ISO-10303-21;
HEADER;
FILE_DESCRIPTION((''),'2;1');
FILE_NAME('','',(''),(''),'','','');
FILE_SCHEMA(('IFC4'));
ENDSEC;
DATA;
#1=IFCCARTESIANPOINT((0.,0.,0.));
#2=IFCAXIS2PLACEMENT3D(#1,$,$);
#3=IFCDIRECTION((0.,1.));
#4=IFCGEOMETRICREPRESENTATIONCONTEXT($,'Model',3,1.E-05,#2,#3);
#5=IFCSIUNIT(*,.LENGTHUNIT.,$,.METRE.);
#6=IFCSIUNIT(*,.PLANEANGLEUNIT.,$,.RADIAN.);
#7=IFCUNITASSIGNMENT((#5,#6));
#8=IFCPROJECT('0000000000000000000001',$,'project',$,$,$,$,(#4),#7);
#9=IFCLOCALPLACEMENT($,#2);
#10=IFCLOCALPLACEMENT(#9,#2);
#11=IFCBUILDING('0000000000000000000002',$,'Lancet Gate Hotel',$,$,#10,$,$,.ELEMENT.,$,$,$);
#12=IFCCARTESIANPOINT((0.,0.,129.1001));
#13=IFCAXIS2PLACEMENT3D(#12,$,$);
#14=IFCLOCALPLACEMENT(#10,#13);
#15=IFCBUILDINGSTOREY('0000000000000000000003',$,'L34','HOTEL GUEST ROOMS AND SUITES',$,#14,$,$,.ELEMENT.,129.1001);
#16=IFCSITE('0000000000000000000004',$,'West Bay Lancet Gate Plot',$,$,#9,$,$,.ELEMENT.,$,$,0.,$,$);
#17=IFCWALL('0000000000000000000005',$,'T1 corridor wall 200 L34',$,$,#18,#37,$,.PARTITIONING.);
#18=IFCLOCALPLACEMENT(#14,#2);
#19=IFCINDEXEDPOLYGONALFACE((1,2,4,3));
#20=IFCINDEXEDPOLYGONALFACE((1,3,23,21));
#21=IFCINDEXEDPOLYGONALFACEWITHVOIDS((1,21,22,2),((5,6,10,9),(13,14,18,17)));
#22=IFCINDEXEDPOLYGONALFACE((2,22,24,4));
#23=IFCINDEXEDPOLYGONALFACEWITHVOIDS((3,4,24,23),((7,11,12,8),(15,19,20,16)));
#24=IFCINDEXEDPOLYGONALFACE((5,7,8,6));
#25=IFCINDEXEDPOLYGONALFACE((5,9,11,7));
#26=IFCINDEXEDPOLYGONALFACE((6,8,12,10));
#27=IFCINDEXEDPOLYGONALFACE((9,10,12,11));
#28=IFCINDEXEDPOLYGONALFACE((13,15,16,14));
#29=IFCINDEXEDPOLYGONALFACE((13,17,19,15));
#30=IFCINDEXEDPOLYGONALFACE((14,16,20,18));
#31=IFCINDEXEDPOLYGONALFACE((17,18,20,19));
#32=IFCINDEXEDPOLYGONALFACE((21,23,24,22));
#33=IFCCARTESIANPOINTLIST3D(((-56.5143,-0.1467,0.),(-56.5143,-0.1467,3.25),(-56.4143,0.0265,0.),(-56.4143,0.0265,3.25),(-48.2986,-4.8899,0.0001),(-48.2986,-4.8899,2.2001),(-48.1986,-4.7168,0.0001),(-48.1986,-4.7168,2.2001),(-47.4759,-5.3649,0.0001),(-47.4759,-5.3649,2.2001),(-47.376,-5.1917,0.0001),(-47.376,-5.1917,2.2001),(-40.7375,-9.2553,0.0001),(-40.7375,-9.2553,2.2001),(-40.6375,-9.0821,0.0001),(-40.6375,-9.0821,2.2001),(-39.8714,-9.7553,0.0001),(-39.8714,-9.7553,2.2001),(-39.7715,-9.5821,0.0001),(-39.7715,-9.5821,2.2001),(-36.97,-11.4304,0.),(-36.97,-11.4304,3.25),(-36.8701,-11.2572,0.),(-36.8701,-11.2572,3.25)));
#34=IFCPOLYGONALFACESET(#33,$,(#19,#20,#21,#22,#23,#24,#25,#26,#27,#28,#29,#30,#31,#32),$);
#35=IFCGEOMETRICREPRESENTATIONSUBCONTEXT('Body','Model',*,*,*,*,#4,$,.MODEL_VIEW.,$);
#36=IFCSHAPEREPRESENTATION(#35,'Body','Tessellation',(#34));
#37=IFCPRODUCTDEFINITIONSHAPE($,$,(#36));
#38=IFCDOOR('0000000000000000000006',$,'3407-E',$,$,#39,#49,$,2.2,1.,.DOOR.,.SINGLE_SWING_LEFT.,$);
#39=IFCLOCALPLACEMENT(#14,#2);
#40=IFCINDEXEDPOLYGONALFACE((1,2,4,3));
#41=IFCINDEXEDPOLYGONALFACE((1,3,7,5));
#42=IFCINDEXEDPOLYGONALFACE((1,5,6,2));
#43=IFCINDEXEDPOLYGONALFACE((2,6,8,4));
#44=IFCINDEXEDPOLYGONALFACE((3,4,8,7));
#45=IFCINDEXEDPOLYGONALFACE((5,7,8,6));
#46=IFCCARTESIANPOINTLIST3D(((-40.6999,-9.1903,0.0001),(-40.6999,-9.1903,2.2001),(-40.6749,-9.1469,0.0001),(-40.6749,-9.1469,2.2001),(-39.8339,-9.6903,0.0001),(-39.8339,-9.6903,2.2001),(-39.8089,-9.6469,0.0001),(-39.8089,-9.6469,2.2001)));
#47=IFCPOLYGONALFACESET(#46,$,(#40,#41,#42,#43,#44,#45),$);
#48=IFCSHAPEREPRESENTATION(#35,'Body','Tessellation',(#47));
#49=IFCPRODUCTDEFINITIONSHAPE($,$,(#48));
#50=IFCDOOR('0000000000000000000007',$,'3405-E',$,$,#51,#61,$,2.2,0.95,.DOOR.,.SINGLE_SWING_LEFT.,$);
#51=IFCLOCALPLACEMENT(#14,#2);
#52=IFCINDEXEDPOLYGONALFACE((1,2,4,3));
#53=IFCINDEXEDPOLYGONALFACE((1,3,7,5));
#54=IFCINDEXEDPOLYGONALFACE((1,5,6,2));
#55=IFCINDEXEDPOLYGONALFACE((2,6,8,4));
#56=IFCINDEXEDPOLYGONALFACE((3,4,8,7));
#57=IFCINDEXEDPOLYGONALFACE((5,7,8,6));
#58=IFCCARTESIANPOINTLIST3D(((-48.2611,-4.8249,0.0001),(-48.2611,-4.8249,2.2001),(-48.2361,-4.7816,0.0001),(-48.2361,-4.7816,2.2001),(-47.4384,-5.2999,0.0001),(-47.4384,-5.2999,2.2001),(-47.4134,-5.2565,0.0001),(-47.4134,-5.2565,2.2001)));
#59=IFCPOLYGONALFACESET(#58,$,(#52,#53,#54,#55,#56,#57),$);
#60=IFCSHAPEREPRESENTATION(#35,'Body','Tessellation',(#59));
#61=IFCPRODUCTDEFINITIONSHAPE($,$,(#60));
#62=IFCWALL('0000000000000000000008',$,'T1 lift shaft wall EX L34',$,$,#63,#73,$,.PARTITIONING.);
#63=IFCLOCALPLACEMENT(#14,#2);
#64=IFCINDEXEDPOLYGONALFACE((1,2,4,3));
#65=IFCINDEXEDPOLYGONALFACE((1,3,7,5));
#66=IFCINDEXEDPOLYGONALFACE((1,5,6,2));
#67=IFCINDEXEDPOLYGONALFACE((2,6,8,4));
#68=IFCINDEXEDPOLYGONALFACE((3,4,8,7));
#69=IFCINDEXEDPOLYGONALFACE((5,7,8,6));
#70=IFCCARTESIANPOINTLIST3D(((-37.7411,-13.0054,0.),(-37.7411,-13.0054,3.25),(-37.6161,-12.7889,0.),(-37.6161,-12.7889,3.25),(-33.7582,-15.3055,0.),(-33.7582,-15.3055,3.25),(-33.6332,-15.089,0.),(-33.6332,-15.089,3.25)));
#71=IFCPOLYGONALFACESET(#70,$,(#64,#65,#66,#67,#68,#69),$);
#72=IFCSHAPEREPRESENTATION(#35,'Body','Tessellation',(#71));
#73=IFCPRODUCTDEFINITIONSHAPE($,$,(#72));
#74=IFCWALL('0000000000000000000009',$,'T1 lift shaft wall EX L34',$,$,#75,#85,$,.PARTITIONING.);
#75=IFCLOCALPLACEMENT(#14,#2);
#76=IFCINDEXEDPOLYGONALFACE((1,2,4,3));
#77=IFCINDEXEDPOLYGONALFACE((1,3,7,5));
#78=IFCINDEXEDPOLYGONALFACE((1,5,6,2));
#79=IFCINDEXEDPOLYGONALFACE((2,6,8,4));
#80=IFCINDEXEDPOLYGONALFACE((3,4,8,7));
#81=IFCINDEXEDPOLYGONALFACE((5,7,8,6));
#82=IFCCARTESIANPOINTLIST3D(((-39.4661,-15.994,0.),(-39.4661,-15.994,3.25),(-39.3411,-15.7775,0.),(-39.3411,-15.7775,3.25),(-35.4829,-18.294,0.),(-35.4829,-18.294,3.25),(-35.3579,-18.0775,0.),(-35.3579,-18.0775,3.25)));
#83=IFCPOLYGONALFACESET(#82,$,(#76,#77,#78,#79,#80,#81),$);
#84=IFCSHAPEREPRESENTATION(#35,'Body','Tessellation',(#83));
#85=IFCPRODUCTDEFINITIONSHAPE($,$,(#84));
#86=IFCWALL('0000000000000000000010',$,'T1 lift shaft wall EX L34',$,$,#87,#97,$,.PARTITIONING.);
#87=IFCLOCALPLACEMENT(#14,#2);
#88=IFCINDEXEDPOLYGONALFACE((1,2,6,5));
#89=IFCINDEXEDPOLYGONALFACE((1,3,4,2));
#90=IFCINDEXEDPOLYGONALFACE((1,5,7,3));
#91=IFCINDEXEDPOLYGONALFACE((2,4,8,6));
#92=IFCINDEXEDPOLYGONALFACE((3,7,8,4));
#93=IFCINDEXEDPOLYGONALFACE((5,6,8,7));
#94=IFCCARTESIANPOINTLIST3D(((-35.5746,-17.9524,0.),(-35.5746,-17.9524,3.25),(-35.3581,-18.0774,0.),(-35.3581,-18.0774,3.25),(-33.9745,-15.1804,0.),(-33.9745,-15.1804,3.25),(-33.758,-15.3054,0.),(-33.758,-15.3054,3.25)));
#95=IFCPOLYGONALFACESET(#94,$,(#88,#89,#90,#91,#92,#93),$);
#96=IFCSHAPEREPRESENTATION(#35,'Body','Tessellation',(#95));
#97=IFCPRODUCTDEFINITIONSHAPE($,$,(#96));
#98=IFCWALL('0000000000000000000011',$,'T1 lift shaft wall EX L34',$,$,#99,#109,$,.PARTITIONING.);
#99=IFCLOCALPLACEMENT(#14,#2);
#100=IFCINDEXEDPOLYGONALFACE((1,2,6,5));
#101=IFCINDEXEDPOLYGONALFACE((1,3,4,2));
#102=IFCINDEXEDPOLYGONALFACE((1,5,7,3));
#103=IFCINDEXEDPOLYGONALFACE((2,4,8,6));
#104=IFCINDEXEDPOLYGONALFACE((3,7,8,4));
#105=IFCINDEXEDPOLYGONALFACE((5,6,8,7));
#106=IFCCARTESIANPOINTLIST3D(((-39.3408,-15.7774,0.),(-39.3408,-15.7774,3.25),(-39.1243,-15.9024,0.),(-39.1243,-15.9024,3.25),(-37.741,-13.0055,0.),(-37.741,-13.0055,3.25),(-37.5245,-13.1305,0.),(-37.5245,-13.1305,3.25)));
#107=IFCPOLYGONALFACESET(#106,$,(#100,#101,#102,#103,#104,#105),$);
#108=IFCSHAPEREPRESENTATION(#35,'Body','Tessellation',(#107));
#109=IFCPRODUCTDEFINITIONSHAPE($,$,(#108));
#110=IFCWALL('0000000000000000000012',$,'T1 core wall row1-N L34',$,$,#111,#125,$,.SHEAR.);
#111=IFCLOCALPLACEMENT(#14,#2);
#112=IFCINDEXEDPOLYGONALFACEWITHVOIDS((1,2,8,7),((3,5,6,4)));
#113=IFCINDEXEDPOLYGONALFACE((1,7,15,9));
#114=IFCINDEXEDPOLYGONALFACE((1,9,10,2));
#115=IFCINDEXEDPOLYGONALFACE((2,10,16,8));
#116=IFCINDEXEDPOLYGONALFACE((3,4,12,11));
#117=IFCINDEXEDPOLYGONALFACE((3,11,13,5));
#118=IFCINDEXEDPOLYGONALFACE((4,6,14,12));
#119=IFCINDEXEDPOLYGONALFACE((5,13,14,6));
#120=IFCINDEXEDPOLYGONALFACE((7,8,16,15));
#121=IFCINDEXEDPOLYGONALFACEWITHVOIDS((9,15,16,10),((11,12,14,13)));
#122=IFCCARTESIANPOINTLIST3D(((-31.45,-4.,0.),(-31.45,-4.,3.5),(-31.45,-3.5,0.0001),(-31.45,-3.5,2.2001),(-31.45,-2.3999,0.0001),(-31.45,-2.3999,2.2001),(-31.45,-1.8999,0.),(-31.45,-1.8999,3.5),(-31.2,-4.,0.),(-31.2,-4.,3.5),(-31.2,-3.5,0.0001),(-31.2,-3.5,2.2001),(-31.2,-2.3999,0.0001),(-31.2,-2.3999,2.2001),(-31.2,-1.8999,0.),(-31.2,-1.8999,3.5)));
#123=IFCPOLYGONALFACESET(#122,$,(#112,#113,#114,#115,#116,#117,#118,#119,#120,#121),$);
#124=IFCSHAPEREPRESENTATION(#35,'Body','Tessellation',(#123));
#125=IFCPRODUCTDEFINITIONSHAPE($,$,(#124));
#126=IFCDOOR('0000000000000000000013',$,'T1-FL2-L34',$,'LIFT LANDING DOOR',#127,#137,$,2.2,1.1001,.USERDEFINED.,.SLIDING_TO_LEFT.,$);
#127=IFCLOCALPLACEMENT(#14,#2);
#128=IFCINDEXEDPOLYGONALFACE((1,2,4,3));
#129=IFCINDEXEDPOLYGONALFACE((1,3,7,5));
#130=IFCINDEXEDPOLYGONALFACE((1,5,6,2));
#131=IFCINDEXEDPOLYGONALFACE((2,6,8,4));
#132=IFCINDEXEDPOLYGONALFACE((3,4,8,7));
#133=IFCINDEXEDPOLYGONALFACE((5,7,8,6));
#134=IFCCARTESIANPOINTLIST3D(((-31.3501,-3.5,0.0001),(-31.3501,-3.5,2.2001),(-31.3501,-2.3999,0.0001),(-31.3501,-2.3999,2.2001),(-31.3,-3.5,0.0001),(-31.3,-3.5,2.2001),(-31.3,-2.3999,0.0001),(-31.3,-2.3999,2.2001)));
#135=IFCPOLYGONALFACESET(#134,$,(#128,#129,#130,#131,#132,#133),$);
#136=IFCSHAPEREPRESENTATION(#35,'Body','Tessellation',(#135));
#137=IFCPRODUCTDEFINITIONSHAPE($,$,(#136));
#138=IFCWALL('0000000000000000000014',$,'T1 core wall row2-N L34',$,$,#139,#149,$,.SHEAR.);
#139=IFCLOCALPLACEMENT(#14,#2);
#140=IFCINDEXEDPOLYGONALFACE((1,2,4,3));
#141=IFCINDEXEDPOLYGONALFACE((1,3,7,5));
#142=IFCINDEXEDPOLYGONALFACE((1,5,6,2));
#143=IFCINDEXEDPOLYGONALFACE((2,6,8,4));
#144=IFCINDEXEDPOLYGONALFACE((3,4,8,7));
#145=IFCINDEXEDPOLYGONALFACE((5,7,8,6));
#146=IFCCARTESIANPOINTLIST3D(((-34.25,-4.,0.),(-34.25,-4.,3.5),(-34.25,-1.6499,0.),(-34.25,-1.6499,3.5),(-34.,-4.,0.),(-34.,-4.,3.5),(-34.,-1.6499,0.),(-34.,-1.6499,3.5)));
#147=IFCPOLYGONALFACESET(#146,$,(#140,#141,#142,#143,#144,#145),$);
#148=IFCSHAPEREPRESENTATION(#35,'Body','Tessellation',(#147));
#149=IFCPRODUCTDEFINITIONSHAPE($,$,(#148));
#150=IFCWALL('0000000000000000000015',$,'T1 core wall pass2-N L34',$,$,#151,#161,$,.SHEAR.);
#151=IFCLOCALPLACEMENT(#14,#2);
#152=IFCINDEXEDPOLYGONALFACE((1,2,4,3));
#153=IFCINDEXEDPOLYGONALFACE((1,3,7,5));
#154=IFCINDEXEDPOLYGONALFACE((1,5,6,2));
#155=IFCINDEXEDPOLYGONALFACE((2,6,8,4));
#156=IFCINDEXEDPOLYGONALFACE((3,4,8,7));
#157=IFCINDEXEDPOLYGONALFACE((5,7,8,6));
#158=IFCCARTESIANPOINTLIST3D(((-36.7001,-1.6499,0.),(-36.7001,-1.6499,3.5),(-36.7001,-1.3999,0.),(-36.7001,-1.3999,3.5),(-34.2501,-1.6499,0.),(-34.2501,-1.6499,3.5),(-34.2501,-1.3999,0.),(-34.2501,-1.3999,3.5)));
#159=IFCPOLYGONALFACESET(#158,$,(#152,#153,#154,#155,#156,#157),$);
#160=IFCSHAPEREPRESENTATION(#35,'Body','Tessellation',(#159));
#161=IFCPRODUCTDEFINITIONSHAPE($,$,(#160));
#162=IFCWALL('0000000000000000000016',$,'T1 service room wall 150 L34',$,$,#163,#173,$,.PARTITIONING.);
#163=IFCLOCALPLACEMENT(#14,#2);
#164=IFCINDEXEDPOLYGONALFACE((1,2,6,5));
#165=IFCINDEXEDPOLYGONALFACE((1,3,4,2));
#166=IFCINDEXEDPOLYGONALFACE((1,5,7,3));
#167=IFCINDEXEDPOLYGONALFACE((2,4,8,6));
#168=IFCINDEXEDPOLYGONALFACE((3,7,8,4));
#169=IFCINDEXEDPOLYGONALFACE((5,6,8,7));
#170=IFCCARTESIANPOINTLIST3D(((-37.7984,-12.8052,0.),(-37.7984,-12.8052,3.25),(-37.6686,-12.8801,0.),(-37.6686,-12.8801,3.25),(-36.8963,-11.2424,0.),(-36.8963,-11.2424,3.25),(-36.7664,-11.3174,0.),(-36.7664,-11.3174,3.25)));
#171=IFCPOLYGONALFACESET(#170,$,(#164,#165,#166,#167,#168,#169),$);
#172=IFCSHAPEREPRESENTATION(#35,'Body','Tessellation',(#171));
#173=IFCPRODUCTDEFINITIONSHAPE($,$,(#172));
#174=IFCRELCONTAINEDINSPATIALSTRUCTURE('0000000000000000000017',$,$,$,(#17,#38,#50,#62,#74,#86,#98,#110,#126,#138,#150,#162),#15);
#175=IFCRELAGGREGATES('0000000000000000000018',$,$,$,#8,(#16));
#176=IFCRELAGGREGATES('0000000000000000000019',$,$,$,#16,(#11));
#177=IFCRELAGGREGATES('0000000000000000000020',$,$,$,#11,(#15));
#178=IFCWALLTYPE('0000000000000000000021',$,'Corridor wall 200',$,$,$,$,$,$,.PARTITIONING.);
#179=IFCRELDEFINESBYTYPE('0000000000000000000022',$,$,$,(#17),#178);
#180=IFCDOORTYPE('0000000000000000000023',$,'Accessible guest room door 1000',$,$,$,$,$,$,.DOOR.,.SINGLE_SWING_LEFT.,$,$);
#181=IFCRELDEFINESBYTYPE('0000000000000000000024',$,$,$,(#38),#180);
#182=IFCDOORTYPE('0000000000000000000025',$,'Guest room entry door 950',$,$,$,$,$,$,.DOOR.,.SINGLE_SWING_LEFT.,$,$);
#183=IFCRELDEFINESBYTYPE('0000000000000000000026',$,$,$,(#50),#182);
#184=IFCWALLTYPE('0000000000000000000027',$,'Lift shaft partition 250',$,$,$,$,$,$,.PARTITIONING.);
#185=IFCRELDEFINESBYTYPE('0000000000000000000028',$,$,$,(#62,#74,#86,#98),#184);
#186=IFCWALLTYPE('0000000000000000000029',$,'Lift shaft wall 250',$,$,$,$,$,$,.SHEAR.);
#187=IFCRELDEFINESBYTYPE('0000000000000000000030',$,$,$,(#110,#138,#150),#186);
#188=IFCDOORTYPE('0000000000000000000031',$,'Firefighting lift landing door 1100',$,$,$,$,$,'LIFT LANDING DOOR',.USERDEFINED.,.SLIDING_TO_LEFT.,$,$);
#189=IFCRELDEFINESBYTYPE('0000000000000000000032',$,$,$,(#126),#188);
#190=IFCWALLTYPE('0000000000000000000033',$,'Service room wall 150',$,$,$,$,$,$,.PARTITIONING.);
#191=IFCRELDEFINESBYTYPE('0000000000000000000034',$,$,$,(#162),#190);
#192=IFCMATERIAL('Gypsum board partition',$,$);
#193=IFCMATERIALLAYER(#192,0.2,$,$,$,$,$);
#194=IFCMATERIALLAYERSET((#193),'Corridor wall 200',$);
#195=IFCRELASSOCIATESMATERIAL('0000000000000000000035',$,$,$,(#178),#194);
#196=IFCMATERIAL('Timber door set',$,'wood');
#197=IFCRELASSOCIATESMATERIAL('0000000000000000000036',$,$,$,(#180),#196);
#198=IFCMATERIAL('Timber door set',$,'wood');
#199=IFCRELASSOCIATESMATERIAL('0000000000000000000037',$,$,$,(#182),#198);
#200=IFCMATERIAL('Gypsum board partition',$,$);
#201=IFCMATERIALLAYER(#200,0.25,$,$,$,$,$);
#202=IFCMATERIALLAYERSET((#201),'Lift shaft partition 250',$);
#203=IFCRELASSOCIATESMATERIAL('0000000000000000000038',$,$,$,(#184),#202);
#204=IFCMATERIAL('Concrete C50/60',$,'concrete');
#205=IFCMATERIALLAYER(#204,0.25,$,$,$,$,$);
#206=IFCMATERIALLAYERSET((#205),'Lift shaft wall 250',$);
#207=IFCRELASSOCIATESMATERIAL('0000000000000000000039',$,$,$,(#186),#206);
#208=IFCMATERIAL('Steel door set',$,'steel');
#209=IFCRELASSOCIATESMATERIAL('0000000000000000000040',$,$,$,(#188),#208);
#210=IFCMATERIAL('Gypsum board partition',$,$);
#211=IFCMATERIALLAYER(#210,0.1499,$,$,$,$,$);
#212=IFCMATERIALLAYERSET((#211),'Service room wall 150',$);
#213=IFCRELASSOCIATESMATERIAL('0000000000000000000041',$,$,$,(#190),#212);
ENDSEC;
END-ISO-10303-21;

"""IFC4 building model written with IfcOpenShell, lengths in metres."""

from ifc_helpers import new_model, si_unit, direction, frame, frame_2d, origin, place, context, subcontext, project, spatial, rectangle, extrude, material, layer, layer_set, type_object, element, fill, save


model = new_model("IFC4")

# Units and contexts
model_context = context("Model", 3, precision=1e-05, world=origin(), true_north=direction((0.0, 1.0)))
body_context = subcontext(model_context, "Body", "Model", "MODEL_VIEW")
ifc_project = project(units=[si_unit("LENGTHUNIT", "METRE"), si_unit("PLANEANGLEUNIT", "RADIAN")], contexts=[model_context])

# Site, building, storey
site_placement = place(None, origin())
site = spatial("IfcSite", under=ifc_project, at=site_placement, Name="West Bay Lancet Gate Plot", CompositionType="ELEMENT", RefElevation=0.0)
building_placement = place(site_placement, origin())
building = spatial("IfcBuilding", under=site, at=building_placement, Name="Lancet Gate Hotel", CompositionType="ELEMENT")
storey_placement = place(building_placement, frame((0.0, 0.0, 129.1001)))
storey = spatial("IfcBuildingStorey", under=building, at=storey_placement, Name="L34", Description="HOTEL GUEST ROOMS AND SUITES", CompositionType="ELEMENT", Elevation=129.1001)

# Wall, openings, doors
ifc_material_1 = material(Name="Gypsum board partition")
ifc_layer_1 = layer(ifc_material_1, 0.2)
ifc_layer_set_1 = layer_set([ifc_layer_1], Name="Corridor wall 200")
wall_type_1 = type_object("IfcWallType", Name="Corridor wall 200", PredefinedType="PARTITIONING", material=ifc_layer_set_1)
wall_1_placement = place(storey_placement, frame((-36.9202, -11.3438, 0.0), z_axis=(0.0, 0.0, 1.0), x_axis=(-0.866028, 0.499995, 0.0)))
wall_1 = element("IfcWall", 1, at=wall_1_placement, inside=storey, type_object=wall_type_1, Name="T1 corridor wall 200 L34", PredefinedType="PARTITIONING", context=body_context, shape_type="SweptSolid", body=[
    extrude(rectangle(XDim=22.5676, YDim=0.2, at=frame_2d((11.2837, 0.0))), origin(), (0.0, 0.0, 1.0), 3.25),
])
opening_1_placement = place(wall_1_placement, frame((12.1309, 0.0, 0.0)))
opening_1 = element("IfcOpeningElement", 2, at=opening_1_placement, cuts=wall_1, PredefinedType="OPENING", context=body_context, shape_type="SweptSolid", body=[
    extrude(rectangle(XDim=0.95, YDim=2.2, at=frame_2d((0.4751, 1.1001))), frame((0.0, 0.1099, 0.0), z_axis=(0.0, -1.0, 0.0), x_axis=(1.0, 0.0, 0.0)), (0.0, 0.0, 1.0), 0.22),
])
opening_2_placement = place(wall_1_placement, frame((3.3501, 0.0, 0.0)))
opening_2 = element("IfcOpeningElement", 3, at=opening_2_placement, cuts=wall_1, PredefinedType="OPENING", context=body_context, shape_type="SweptSolid", body=[
    extrude(rectangle(XDim=1.0, YDim=2.2, at=frame_2d((0.5, 1.1001))), frame((0.0, 0.1099, 0.0), z_axis=(0.0, -1.0, 0.0), x_axis=(1.0, 0.0, 0.0)), (0.0, 0.0, 1.0), 0.22),
])
ifc_material_2 = material(Name="Timber door set", Category="wood")
door_type_1 = type_object("IfcDoorType", Name="Accessible guest room door 1000", OperationType="SINGLE_SWING_LEFT", PredefinedType="DOOR", material=ifc_material_2)
door_1_placement = place(opening_2_placement, origin())
door_1 = element("IfcDoor", 4, at=door_1_placement, inside=storey, type_object=door_type_1, Name="3407-E", OperationType="SINGLE_SWING_LEFT", OverallHeight=2.2, OverallWidth=1.0, PredefinedType="DOOR", context=body_context, shape_type="SweptSolid", body=[
    extrude(rectangle(XDim=1.0, YDim=2.2, at=frame_2d((0.5, 1.1001))), frame((0.0, 0.0249, 0.0), z_axis=(0.0, -1.0, 0.0), x_axis=(1.0, 0.0, 0.0)), (0.0, 0.0, 1.0), 0.05),
])
fill(opening_2, door_1)
ifc_material_3 = material(Name="Timber door set", Category="wood")
door_type_2 = type_object("IfcDoorType", Name="Guest room entry door 950", OperationType="SINGLE_SWING_LEFT", PredefinedType="DOOR", material=ifc_material_3)
door_2_placement = place(opening_1_placement, origin())
door_2 = element("IfcDoor", 5, at=door_2_placement, inside=storey, type_object=door_type_2, Name="3405-E", OperationType="SINGLE_SWING_LEFT", OverallHeight=2.2, OverallWidth=0.95, PredefinedType="DOOR", context=body_context, shape_type="SweptSolid", body=[
    extrude(rectangle(XDim=0.95, YDim=2.2, at=frame_2d((0.4751, 1.1001))), frame((0.0, 0.0249, 0.0), z_axis=(0.0, -1.0, 0.0), x_axis=(1.0, 0.0, 0.0)), (0.0, 0.0, 1.0), 0.05),
])
fill(opening_1, door_2)

# Walls
ifc_material_4 = material(Name="Gypsum board partition")
ifc_layer_2 = layer(ifc_material_4, 0.25)
ifc_layer_set_2 = layer_set([ifc_layer_2], Name="Lift shaft partition 250")
wall_type_2 = type_object("IfcWallType", Name="Lift shaft partition 250", PredefinedType="PARTITIONING", material=ifc_layer_set_2)
wall_2_placement = place(storey_placement, frame((-33.6956, -15.1973, 0.0), z_axis=(0.0, 0.0, 1.0), x_axis=(-0.865977, 0.500084, 0.0)))
element("IfcWall", 6, at=wall_2_placement, inside=storey, type_object=wall_type_2, Name="T1 lift shaft wall EX L34", PredefinedType="PARTITIONING", context=body_context, shape_type="SweptSolid", body=[
    extrude(rectangle(XDim=4.5994, YDim=0.25, at=frame_2d((2.2998, 0.0))), origin(), (0.0, 0.0, 1.0), 3.25),
])
wall_3_placement = place(storey_placement, frame((-35.4204, -18.1858, 0.0), z_axis=(0.0, 0.0, 1.0), x_axis=(-0.86599, 0.500061, 0.0)))
element("IfcWall", 7, at=wall_3_placement, inside=storey, type_object=wall_type_2, Name="T1 lift shaft wall EX L34", PredefinedType="PARTITIONING", context=body_context, shape_type="SweptSolid", body=[
    extrude(rectangle(XDim=4.5996, YDim=0.25, at=frame_2d((2.2998, 0.0))), origin(), (0.0, 0.0, 1.0), 3.25),
])
wall_4_placement = place(storey_placement, frame((-33.8662, -15.2429, 0.0), z_axis=(0.0, 0.0, 1.0), x_axis=(-0.499929, -0.866066, 0.0)))
element("IfcWall", 8, at=wall_4_placement, inside=storey, type_object=wall_type_2, Name="T1 lift shaft wall EX L34", PredefinedType="PARTITIONING", context=body_context, shape_type="SweptSolid", body=[
    extrude(rectangle(XDim=3.2007, YDim=0.25, at=frame_2d((1.6003, 0.0))), origin(), (0.0, 0.0, 1.0), 3.25),
])
wall_5_placement = place(storey_placement, frame((-37.6328, -13.0681, 0.0), z_axis=(0.0, 0.0, 1.0), x_axis=(-0.499872, -0.866099, 0.0)))
element("IfcWall", 9, at=wall_5_placement, inside=storey, type_object=wall_type_2, Name="T1 lift shaft wall EX L34", PredefinedType="PARTITIONING", context=body_context, shape_type="SweptSolid", body=[
    extrude(rectangle(XDim=3.2004, YDim=0.25, at=frame_2d((1.6001, 0.0))), origin(), (0.0, 0.0, 1.0), 3.25),
])

# Wall, opening, door
ifc_material_5 = material(Name="Concrete C50/60", Category="concrete")
ifc_layer_3 = layer(ifc_material_5, 0.25)
ifc_layer_set_3 = layer_set([ifc_layer_3], Name="Lift shaft wall 250")
wall_type_3 = type_object("IfcWallType", Name="Lift shaft wall 250", PredefinedType="SHEAR", material=ifc_layer_set_3)
wall_6_placement = place(storey_placement, frame((-31.325, -1.8999, 0.0), z_axis=(0.0, 0.0, 1.0), x_axis=(0.0, -1.0, 0.0)))
wall_6 = element("IfcWall", 10, at=wall_6_placement, inside=storey, type_object=wall_type_3, Name="T1 core wall row1-N L34", PredefinedType="SHEAR", context=body_context, shape_type="SweptSolid", body=[
    extrude(rectangle(XDim=2.1001, YDim=0.25, at=frame_2d((1.05, 0.0))), origin(), (0.0, 0.0, 1.0), 3.5),
])
opening_3_placement = place(wall_6_placement, frame((0.5, 0.0, 0.0)))
opening_3 = element("IfcOpeningElement", 11, at=opening_3_placement, cuts=wall_6, PredefinedType="OPENING", context=body_context, shape_type="SweptSolid", body=[
    extrude(rectangle(XDim=1.1001, YDim=2.2, at=frame_2d((0.55, 1.1001))), frame((0.0, 0.135, 0.0), z_axis=(0.0, -1.0, 0.0), x_axis=(1.0, 0.0, 0.0)), (0.0, 0.0, 1.0), 0.27),
])
ifc_material_6 = material(Name="Steel door set", Category="steel")
door_type_3 = type_object("IfcDoorType", Name="Firefighting lift landing door 1100", ElementType="LIFT LANDING DOOR", OperationType="SLIDING_TO_LEFT", PredefinedType="USERDEFINED", material=ifc_material_6)
door_3_placement = place(opening_3_placement, origin())
door_3 = element("IfcDoor", 12, at=door_3_placement, inside=storey, type_object=door_type_3, Name="T1-FL2-L34", ObjectType="LIFT LANDING DOOR", OperationType="SLIDING_TO_LEFT", OverallHeight=2.2, OverallWidth=1.1001, PredefinedType="USERDEFINED", context=body_context, shape_type="SweptSolid", body=[
    extrude(rectangle(XDim=1.1001, YDim=2.2, at=frame_2d((0.55, 1.1001))), frame((0.0, 0.0249, 0.0), z_axis=(0.0, -1.0, 0.0), x_axis=(1.0, 0.0, 0.0)), (0.0, 0.0, 1.0), 0.05),
])
fill(opening_3, door_3)

# Walls
wall_7_placement = place(storey_placement, frame((-34.125, -1.6499, 0.0), z_axis=(0.0, 0.0, 1.0), x_axis=(0.0, -1.0, 0.0)))
element("IfcWall", 13, at=wall_7_placement, inside=storey, type_object=wall_type_3, Name="T1 core wall row2-N L34", PredefinedType="SHEAR", context=body_context, shape_type="SweptSolid", body=[
    extrude(rectangle(XDim=2.3501, YDim=0.25, at=frame_2d((1.175, 0.0))), origin(), (0.0, 0.0, 1.0), 3.5),
])
wall_8_placement = place(storey_placement, frame((-34.25, -1.5249, 0.0), z_axis=(0.0, 0.0, 1.0), x_axis=(-1.0, 0.0, 0.0)))
element("IfcWall", 14, at=wall_8_placement, inside=storey, type_object=wall_type_3, Name="T1 core wall pass2-N L34", PredefinedType="SHEAR", context=body_context, shape_type="SweptSolid", body=[
    extrude(rectangle(XDim=2.45, YDim=0.25, at=frame_2d((1.2251, 0.0))), origin(), (0.0, 0.0, 1.0), 3.5),
])
ifc_material_7 = material(Name="Gypsum board partition")
ifc_layer_4 = layer(ifc_material_7, 0.1499)
ifc_layer_set_4 = layer_set([ifc_layer_4], Name="Service room wall 150")
wall_type_4 = type_object("IfcWallType", Name="Service room wall 150", PredefinedType="PARTITIONING", material=ifc_layer_set_4)
wall_9_placement = place(storey_placement, frame((-36.8313, -11.2798, 0.0), z_axis=(0.0, 0.0, 1.0), x_axis=(-0.499937, -0.866062, 0.0)))
element("IfcWall", 15, at=wall_9_placement, inside=storey, type_object=wall_type_4, Name="T1 service room wall 150 L34", PredefinedType="PARTITIONING", context=body_context, shape_type="SweptSolid", body=[
    extrude(rectangle(XDim=1.8044, YDim=0.1499, at=frame_2d((0.9023, 0.0))), origin(), (0.0, 0.0, 1.0), 3.25),
])

save(model, "model.ifc")
